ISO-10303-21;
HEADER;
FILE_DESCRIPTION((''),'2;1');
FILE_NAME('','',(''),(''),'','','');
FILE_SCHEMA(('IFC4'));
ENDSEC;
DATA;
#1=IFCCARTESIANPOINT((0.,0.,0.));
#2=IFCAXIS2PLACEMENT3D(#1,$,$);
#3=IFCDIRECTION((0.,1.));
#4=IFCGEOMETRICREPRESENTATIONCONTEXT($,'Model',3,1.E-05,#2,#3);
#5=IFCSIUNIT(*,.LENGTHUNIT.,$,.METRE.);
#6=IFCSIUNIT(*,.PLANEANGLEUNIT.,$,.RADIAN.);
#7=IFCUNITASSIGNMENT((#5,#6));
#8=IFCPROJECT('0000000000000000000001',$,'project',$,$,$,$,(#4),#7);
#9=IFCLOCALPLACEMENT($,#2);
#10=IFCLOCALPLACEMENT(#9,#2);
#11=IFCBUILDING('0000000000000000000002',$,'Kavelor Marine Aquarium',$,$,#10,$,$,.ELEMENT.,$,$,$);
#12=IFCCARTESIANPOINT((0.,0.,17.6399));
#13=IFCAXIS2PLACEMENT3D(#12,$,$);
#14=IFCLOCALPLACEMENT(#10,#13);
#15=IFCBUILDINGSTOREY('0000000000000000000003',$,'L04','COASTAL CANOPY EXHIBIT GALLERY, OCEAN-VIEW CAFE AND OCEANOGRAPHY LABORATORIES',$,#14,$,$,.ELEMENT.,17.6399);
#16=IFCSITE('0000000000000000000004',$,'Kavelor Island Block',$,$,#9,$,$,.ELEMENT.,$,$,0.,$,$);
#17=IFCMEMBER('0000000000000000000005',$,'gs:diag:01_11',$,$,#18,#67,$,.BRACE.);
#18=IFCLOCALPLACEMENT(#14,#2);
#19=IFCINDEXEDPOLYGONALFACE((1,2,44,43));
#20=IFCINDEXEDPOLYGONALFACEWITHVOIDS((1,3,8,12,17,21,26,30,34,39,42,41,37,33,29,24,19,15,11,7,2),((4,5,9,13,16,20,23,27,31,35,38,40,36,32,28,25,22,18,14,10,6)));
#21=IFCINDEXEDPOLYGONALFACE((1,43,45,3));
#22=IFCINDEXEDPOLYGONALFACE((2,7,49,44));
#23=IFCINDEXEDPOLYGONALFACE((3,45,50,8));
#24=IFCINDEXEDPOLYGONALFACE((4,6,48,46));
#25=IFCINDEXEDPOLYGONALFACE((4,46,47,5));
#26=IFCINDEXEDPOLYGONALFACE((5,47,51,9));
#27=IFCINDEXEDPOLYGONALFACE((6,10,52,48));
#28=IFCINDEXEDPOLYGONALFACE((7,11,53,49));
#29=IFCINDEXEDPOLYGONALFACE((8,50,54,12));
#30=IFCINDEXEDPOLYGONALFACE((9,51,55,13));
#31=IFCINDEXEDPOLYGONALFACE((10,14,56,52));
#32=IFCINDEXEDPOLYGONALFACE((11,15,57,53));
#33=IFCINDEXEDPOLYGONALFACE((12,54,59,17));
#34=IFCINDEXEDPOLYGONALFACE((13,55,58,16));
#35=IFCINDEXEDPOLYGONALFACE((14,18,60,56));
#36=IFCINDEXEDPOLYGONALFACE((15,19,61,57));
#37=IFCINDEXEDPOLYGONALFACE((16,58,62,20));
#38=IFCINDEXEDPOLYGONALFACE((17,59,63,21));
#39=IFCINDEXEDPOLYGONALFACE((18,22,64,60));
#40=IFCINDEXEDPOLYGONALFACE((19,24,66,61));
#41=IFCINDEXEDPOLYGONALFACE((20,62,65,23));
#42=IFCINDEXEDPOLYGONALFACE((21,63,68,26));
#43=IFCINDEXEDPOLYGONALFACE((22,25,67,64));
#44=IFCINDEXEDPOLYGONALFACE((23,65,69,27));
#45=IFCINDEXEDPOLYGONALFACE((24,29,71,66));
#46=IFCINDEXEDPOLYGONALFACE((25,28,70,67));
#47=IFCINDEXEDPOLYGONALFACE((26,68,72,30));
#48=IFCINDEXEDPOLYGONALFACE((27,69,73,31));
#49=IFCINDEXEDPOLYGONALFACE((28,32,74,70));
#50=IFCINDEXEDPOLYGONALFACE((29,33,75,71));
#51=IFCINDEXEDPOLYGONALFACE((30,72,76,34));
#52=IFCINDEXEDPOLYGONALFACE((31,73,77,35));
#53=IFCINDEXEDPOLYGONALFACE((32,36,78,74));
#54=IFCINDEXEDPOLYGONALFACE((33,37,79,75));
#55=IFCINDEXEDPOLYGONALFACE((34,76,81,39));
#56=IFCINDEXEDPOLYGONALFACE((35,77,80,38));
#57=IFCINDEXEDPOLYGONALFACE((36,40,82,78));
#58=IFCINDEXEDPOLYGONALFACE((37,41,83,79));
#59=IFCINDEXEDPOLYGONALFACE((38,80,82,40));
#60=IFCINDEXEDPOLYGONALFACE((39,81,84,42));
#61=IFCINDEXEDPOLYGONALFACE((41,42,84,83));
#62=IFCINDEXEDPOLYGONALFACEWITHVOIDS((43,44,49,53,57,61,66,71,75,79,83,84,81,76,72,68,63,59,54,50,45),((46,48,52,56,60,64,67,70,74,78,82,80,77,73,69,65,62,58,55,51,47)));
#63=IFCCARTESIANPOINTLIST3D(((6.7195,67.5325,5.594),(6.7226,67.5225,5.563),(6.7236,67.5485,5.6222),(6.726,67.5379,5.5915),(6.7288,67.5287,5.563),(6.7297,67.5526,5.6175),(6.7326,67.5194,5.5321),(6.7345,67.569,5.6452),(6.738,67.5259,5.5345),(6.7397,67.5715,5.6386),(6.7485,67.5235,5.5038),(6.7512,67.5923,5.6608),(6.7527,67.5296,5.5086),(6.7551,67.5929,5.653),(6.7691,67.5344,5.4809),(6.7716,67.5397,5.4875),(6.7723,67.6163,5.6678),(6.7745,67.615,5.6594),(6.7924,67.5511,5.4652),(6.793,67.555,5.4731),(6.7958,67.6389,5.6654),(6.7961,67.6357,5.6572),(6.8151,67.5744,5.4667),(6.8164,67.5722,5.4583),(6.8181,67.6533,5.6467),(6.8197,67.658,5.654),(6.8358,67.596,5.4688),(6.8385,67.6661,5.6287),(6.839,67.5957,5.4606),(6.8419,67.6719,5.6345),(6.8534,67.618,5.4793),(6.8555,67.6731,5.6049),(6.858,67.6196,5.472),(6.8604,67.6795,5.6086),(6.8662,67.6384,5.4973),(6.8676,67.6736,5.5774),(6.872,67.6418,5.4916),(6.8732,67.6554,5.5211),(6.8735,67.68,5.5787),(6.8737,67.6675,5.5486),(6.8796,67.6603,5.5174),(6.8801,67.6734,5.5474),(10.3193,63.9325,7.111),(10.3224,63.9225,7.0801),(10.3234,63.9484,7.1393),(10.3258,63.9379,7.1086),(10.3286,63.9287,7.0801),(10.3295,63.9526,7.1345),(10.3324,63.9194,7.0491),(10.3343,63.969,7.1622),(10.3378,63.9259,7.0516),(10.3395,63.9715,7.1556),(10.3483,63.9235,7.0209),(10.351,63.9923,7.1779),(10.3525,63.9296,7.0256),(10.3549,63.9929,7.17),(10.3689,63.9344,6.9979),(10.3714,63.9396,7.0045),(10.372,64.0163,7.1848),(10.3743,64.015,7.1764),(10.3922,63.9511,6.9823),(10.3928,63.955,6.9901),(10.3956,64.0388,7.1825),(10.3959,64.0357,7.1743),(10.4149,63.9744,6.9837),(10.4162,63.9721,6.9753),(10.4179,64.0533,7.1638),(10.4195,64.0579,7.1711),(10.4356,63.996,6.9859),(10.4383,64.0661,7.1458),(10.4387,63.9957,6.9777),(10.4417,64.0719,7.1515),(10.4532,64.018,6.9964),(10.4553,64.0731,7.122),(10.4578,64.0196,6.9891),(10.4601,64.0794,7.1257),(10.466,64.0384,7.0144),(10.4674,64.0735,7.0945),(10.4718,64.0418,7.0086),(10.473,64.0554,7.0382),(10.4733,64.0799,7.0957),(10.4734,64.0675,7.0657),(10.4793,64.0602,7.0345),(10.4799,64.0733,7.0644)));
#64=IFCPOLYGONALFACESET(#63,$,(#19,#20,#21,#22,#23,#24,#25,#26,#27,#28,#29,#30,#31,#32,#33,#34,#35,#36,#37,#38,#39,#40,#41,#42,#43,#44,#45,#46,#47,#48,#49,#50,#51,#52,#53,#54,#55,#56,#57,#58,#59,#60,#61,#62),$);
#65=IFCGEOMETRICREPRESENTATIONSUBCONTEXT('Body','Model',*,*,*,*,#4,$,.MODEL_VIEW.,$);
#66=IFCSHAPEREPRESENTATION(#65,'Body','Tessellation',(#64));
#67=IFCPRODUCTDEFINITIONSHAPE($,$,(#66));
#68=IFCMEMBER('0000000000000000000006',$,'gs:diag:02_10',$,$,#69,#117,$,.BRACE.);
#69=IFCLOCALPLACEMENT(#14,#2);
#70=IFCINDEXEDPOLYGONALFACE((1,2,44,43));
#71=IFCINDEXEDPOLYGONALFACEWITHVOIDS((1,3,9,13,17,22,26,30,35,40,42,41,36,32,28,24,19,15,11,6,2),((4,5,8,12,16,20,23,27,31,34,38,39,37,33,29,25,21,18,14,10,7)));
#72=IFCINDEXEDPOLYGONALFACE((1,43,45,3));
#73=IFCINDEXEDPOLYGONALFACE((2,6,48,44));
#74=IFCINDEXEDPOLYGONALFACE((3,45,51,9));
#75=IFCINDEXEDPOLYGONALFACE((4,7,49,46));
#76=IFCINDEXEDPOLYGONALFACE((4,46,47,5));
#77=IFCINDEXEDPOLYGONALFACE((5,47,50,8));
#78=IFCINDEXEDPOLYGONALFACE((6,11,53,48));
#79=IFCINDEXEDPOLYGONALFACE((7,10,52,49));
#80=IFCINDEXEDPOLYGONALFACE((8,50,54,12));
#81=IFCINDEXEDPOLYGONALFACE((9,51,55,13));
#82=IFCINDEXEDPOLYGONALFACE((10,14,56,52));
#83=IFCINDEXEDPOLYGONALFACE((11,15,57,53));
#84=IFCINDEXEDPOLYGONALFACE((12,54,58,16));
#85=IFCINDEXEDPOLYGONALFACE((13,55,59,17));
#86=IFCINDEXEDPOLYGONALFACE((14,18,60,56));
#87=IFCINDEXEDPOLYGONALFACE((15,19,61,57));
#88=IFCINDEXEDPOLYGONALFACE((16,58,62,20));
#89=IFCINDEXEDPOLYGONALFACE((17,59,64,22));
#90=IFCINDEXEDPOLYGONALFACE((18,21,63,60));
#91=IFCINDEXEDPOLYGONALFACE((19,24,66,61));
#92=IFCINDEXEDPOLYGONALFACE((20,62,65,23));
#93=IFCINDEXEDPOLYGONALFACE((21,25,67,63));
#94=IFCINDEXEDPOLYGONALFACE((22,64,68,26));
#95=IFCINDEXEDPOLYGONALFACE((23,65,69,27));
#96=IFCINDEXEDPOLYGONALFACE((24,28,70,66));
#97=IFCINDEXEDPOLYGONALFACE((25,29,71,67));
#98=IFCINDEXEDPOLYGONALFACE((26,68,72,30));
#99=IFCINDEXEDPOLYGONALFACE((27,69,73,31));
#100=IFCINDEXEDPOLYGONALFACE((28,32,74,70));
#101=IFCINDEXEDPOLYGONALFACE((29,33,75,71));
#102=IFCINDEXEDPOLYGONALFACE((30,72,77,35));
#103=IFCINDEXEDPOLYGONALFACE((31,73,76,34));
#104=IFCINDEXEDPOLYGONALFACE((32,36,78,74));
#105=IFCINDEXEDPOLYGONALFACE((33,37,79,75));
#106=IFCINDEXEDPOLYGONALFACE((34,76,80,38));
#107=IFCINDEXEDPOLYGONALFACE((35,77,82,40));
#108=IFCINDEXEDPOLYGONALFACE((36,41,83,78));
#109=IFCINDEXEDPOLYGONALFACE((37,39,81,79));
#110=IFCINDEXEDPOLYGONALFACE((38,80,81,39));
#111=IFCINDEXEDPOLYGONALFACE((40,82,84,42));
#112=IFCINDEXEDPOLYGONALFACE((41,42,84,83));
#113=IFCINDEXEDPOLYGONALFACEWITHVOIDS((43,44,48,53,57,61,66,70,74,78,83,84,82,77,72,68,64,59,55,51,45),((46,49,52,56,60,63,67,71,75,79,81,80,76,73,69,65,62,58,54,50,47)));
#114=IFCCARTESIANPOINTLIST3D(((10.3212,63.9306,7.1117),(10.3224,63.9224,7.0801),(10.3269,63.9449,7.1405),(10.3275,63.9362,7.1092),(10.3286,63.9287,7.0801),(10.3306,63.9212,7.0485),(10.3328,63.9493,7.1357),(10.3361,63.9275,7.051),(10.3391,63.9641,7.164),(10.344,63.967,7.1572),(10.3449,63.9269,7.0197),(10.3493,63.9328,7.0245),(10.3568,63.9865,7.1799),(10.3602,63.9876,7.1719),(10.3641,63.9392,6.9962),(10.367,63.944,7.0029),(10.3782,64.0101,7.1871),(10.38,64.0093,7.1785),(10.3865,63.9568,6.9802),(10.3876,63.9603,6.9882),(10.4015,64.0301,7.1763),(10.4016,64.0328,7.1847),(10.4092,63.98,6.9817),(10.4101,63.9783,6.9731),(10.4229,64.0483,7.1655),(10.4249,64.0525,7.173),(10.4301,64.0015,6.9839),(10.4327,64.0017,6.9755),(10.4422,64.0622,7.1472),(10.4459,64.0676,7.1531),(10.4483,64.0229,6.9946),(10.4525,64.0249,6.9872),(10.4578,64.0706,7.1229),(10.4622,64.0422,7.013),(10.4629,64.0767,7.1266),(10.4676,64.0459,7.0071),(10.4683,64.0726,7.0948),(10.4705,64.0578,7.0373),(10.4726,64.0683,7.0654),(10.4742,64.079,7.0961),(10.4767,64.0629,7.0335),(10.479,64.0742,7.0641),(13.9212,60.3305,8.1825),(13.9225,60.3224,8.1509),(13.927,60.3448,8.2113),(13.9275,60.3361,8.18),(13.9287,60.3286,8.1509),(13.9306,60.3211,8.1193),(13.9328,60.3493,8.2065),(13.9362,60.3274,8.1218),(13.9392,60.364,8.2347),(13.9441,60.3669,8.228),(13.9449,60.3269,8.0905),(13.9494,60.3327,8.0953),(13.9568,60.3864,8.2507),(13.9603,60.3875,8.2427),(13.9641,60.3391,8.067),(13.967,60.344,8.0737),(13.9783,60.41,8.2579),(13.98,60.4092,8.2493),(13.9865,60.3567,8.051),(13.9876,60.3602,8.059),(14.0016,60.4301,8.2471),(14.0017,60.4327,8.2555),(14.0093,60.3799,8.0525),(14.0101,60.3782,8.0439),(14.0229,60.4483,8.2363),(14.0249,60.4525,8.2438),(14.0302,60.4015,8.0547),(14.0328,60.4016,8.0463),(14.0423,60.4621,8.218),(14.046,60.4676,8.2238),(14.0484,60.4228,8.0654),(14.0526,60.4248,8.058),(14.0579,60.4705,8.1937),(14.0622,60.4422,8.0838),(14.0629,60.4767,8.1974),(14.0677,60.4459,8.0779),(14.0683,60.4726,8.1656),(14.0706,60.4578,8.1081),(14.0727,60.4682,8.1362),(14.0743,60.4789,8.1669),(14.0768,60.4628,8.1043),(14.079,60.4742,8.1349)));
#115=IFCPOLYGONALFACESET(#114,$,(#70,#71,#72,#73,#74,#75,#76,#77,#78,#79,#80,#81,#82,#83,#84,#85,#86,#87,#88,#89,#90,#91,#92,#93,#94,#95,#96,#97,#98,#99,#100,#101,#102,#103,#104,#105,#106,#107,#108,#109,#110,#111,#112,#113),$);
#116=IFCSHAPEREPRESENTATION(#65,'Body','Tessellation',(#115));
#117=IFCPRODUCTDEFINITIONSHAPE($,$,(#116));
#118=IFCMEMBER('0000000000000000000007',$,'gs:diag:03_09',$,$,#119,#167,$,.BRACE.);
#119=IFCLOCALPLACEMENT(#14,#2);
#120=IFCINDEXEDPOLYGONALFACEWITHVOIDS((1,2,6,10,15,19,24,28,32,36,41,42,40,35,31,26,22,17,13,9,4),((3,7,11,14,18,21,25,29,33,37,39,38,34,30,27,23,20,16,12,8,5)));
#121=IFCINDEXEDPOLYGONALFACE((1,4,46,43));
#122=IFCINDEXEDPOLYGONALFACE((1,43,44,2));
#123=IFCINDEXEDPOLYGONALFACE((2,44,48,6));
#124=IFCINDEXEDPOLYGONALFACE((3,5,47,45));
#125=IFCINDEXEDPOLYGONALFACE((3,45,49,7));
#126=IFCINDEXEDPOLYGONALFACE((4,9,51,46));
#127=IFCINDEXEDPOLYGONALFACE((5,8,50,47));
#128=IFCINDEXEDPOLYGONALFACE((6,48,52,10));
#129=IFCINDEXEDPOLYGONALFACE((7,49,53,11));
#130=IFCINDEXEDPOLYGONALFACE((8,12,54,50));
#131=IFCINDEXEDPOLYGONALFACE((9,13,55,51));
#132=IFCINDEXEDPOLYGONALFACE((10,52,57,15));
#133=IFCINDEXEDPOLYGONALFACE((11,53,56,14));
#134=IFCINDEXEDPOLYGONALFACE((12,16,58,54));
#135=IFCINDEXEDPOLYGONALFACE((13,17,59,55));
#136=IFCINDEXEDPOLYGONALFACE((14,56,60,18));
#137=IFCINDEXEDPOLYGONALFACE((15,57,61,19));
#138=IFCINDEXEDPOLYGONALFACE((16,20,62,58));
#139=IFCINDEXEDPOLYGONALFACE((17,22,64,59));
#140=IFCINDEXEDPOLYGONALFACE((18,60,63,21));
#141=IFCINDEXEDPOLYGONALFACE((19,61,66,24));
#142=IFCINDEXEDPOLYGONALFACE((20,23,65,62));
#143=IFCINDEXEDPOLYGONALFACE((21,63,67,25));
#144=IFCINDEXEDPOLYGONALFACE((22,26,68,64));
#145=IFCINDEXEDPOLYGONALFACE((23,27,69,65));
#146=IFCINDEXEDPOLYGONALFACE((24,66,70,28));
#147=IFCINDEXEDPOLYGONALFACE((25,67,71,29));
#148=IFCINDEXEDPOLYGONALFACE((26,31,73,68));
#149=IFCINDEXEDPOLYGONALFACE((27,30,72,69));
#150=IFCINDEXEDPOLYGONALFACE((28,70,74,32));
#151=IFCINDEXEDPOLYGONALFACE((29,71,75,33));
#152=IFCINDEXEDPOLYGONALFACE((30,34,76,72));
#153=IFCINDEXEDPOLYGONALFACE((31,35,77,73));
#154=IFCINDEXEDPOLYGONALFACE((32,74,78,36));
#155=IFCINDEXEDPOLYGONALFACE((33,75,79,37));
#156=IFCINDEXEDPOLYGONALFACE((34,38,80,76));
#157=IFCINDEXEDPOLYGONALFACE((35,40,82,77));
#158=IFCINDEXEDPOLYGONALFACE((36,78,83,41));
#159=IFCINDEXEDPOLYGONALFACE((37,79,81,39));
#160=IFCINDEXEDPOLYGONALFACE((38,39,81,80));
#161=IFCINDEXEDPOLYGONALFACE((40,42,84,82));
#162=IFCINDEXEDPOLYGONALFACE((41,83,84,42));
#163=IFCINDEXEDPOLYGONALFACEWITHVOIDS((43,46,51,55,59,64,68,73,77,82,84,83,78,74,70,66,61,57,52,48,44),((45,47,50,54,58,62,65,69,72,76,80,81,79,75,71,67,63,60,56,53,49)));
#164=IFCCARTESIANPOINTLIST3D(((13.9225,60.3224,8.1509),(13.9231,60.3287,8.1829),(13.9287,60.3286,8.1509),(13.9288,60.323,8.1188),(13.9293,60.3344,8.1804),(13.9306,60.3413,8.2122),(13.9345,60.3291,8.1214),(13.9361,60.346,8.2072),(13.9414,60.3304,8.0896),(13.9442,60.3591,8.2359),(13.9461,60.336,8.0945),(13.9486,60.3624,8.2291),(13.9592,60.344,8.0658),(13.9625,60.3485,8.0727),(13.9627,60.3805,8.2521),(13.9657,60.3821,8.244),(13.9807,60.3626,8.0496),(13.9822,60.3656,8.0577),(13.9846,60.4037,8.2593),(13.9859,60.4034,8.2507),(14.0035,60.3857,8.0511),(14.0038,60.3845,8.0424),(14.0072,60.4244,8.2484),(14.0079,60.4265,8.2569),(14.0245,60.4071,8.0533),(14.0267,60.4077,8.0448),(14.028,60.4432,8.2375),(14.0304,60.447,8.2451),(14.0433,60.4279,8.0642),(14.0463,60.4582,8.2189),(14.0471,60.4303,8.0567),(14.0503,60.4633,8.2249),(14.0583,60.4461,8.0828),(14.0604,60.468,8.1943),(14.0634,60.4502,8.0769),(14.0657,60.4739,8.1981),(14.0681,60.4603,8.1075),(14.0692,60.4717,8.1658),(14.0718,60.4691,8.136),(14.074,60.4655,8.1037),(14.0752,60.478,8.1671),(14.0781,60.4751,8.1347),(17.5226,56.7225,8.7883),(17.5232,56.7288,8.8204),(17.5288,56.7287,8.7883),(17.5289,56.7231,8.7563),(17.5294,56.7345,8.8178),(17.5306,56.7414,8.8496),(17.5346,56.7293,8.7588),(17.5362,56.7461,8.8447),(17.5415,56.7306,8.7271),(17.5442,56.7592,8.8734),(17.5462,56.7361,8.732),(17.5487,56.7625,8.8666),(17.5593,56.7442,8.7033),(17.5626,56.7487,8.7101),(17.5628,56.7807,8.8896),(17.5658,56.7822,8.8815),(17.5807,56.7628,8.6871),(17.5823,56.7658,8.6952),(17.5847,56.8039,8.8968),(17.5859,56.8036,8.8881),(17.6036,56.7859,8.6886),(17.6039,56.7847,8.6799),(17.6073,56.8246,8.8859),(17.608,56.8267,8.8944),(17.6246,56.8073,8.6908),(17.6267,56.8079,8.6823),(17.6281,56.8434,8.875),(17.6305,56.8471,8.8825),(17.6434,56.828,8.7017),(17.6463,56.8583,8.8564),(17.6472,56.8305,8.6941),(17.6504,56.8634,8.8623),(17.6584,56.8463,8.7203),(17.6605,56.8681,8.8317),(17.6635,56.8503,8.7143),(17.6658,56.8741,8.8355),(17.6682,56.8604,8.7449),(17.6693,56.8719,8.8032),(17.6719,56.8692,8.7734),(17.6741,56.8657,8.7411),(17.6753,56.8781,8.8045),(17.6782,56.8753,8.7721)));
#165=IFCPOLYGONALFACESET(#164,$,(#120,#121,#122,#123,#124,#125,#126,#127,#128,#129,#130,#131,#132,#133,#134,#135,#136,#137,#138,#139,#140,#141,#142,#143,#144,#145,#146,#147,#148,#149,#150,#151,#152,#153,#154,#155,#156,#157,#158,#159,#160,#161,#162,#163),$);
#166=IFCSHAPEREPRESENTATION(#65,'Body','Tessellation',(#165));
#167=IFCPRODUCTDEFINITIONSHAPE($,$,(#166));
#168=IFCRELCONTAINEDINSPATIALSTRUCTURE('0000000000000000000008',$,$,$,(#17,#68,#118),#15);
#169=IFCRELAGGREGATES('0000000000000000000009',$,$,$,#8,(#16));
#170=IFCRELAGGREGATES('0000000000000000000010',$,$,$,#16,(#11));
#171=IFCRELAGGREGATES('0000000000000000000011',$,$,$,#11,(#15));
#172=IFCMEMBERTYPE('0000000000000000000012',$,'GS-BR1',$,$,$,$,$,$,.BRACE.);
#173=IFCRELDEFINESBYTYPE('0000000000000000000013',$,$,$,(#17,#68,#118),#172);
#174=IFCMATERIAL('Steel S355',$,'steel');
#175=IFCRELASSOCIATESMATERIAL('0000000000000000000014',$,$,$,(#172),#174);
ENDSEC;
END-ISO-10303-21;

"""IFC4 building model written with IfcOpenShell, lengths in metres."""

from ifc_helpers import new_model, si_unit, direction, frame, origin, origin_2d, place, context, subcontext, project, spatial, hollow_circle, extrude, material, material_profile, profile_set, type_object, element, save


model = new_model("IFC4")

# Units and contexts
model_context = context("Model", 3, precision=1e-05, world=origin(), true_north=direction((0.0, 1.0)))
body_context = subcontext(model_context, "Body", "Model", "MODEL_VIEW")
ifc_project = project(units=[si_unit("LENGTHUNIT", "METRE"), si_unit("PLANEANGLEUNIT", "RADIAN")], contexts=[model_context])

# Site, building, storey
site_placement = place(None, origin())
site = spatial("IfcSite", under=ifc_project, at=site_placement, Name="Kavelor Island Block", CompositionType="ELEMENT", RefElevation=0.0)
building_placement = place(site_placement, origin())
building = spatial("IfcBuilding", under=site, at=building_placement, Name="Kavelor Marine Aquarium", CompositionType="ELEMENT")
storey_placement = place(building_placement, frame((0.0, 0.0, 17.6399)))
storey = spatial("IfcBuildingStorey", under=building, at=storey_placement, Name="L04", Description="COASTAL CANOPY EXHIBIT GALLERY, OCEAN-VIEW CAFE AND OCEANOGRAPHY LABORATORIES", CompositionType="ELEMENT", Elevation=17.6399)

# Members
ifc_material_1 = material(Name="Steel S355", Category="steel")
ifc_material_profile_1 = material_profile(ifc_material_1, hollow_circle(Radius=0.1096, WallThickness=0.0088, at=origin_2d()), Name="CHS 219.1x8.8")
ifc_profile_set_1 = profile_set([ifc_material_profile_1], Name="Steel S355")
member_type_1 = type_object("IfcMemberType", Name="GS-BR1", PredefinedType="BRACE", material=ifc_profile_set_1)
member_1_placement = place(storey_placement, frame((10.3999, 64.0, 7.0801), z_axis=(-0.677637, 0.677683, -0.285577), x_axis=(-0.707131, -0.707083, 0.0)))
element("IfcMember", 1, at=member_1_placement, inside=storey, type_object=member_type_1, Name="gs:diag:01_11", PredefinedType="BRACE", context=body_context, shape_type="SweptSolid", body=[
    extrude(hollow_circle(Radius=0.1096, WallThickness=0.0088, at=origin_2d()), origin(), (0.0, 0.0, 1.0), 5.3123),
])
member_2_placement = place(storey_placement, frame((14.0, 60.3999, 8.1509), z_axis=(-0.691968, 0.691968, -0.205817), x_axis=(-0.707107, -0.707107, 0.0)))
element("IfcMember", 2, at=member_2_placement, inside=storey, type_object=member_type_1, Name="gs:diag:02_10", PredefinedType="BRACE", context=body_context, shape_type="SweptSolid", body=[
    extrude(hollow_circle(Radius=0.1096, WallThickness=0.0088, at=origin_2d()), origin(), (0.0, 0.0, 1.0), 5.2026),
])
member_3_placement = place(storey_placement, frame((17.6001, 56.8, 8.7883), z_axis=(-0.701652, 0.701605, -0.124238), x_axis=(-0.707083, -0.707131, 0.0)))
element("IfcMember", 3, at=member_3_placement, inside=storey, type_object=member_type_1, Name="gs:diag:03_09", PredefinedType="BRACE", context=body_context, shape_type="SweptSolid", body=[
    extrude(hollow_circle(Radius=0.1096, WallThickness=0.0088, at=origin_2d()), origin(), (0.0, 0.0, 1.0), 5.1309),
])

save(model, "model.ifc")
